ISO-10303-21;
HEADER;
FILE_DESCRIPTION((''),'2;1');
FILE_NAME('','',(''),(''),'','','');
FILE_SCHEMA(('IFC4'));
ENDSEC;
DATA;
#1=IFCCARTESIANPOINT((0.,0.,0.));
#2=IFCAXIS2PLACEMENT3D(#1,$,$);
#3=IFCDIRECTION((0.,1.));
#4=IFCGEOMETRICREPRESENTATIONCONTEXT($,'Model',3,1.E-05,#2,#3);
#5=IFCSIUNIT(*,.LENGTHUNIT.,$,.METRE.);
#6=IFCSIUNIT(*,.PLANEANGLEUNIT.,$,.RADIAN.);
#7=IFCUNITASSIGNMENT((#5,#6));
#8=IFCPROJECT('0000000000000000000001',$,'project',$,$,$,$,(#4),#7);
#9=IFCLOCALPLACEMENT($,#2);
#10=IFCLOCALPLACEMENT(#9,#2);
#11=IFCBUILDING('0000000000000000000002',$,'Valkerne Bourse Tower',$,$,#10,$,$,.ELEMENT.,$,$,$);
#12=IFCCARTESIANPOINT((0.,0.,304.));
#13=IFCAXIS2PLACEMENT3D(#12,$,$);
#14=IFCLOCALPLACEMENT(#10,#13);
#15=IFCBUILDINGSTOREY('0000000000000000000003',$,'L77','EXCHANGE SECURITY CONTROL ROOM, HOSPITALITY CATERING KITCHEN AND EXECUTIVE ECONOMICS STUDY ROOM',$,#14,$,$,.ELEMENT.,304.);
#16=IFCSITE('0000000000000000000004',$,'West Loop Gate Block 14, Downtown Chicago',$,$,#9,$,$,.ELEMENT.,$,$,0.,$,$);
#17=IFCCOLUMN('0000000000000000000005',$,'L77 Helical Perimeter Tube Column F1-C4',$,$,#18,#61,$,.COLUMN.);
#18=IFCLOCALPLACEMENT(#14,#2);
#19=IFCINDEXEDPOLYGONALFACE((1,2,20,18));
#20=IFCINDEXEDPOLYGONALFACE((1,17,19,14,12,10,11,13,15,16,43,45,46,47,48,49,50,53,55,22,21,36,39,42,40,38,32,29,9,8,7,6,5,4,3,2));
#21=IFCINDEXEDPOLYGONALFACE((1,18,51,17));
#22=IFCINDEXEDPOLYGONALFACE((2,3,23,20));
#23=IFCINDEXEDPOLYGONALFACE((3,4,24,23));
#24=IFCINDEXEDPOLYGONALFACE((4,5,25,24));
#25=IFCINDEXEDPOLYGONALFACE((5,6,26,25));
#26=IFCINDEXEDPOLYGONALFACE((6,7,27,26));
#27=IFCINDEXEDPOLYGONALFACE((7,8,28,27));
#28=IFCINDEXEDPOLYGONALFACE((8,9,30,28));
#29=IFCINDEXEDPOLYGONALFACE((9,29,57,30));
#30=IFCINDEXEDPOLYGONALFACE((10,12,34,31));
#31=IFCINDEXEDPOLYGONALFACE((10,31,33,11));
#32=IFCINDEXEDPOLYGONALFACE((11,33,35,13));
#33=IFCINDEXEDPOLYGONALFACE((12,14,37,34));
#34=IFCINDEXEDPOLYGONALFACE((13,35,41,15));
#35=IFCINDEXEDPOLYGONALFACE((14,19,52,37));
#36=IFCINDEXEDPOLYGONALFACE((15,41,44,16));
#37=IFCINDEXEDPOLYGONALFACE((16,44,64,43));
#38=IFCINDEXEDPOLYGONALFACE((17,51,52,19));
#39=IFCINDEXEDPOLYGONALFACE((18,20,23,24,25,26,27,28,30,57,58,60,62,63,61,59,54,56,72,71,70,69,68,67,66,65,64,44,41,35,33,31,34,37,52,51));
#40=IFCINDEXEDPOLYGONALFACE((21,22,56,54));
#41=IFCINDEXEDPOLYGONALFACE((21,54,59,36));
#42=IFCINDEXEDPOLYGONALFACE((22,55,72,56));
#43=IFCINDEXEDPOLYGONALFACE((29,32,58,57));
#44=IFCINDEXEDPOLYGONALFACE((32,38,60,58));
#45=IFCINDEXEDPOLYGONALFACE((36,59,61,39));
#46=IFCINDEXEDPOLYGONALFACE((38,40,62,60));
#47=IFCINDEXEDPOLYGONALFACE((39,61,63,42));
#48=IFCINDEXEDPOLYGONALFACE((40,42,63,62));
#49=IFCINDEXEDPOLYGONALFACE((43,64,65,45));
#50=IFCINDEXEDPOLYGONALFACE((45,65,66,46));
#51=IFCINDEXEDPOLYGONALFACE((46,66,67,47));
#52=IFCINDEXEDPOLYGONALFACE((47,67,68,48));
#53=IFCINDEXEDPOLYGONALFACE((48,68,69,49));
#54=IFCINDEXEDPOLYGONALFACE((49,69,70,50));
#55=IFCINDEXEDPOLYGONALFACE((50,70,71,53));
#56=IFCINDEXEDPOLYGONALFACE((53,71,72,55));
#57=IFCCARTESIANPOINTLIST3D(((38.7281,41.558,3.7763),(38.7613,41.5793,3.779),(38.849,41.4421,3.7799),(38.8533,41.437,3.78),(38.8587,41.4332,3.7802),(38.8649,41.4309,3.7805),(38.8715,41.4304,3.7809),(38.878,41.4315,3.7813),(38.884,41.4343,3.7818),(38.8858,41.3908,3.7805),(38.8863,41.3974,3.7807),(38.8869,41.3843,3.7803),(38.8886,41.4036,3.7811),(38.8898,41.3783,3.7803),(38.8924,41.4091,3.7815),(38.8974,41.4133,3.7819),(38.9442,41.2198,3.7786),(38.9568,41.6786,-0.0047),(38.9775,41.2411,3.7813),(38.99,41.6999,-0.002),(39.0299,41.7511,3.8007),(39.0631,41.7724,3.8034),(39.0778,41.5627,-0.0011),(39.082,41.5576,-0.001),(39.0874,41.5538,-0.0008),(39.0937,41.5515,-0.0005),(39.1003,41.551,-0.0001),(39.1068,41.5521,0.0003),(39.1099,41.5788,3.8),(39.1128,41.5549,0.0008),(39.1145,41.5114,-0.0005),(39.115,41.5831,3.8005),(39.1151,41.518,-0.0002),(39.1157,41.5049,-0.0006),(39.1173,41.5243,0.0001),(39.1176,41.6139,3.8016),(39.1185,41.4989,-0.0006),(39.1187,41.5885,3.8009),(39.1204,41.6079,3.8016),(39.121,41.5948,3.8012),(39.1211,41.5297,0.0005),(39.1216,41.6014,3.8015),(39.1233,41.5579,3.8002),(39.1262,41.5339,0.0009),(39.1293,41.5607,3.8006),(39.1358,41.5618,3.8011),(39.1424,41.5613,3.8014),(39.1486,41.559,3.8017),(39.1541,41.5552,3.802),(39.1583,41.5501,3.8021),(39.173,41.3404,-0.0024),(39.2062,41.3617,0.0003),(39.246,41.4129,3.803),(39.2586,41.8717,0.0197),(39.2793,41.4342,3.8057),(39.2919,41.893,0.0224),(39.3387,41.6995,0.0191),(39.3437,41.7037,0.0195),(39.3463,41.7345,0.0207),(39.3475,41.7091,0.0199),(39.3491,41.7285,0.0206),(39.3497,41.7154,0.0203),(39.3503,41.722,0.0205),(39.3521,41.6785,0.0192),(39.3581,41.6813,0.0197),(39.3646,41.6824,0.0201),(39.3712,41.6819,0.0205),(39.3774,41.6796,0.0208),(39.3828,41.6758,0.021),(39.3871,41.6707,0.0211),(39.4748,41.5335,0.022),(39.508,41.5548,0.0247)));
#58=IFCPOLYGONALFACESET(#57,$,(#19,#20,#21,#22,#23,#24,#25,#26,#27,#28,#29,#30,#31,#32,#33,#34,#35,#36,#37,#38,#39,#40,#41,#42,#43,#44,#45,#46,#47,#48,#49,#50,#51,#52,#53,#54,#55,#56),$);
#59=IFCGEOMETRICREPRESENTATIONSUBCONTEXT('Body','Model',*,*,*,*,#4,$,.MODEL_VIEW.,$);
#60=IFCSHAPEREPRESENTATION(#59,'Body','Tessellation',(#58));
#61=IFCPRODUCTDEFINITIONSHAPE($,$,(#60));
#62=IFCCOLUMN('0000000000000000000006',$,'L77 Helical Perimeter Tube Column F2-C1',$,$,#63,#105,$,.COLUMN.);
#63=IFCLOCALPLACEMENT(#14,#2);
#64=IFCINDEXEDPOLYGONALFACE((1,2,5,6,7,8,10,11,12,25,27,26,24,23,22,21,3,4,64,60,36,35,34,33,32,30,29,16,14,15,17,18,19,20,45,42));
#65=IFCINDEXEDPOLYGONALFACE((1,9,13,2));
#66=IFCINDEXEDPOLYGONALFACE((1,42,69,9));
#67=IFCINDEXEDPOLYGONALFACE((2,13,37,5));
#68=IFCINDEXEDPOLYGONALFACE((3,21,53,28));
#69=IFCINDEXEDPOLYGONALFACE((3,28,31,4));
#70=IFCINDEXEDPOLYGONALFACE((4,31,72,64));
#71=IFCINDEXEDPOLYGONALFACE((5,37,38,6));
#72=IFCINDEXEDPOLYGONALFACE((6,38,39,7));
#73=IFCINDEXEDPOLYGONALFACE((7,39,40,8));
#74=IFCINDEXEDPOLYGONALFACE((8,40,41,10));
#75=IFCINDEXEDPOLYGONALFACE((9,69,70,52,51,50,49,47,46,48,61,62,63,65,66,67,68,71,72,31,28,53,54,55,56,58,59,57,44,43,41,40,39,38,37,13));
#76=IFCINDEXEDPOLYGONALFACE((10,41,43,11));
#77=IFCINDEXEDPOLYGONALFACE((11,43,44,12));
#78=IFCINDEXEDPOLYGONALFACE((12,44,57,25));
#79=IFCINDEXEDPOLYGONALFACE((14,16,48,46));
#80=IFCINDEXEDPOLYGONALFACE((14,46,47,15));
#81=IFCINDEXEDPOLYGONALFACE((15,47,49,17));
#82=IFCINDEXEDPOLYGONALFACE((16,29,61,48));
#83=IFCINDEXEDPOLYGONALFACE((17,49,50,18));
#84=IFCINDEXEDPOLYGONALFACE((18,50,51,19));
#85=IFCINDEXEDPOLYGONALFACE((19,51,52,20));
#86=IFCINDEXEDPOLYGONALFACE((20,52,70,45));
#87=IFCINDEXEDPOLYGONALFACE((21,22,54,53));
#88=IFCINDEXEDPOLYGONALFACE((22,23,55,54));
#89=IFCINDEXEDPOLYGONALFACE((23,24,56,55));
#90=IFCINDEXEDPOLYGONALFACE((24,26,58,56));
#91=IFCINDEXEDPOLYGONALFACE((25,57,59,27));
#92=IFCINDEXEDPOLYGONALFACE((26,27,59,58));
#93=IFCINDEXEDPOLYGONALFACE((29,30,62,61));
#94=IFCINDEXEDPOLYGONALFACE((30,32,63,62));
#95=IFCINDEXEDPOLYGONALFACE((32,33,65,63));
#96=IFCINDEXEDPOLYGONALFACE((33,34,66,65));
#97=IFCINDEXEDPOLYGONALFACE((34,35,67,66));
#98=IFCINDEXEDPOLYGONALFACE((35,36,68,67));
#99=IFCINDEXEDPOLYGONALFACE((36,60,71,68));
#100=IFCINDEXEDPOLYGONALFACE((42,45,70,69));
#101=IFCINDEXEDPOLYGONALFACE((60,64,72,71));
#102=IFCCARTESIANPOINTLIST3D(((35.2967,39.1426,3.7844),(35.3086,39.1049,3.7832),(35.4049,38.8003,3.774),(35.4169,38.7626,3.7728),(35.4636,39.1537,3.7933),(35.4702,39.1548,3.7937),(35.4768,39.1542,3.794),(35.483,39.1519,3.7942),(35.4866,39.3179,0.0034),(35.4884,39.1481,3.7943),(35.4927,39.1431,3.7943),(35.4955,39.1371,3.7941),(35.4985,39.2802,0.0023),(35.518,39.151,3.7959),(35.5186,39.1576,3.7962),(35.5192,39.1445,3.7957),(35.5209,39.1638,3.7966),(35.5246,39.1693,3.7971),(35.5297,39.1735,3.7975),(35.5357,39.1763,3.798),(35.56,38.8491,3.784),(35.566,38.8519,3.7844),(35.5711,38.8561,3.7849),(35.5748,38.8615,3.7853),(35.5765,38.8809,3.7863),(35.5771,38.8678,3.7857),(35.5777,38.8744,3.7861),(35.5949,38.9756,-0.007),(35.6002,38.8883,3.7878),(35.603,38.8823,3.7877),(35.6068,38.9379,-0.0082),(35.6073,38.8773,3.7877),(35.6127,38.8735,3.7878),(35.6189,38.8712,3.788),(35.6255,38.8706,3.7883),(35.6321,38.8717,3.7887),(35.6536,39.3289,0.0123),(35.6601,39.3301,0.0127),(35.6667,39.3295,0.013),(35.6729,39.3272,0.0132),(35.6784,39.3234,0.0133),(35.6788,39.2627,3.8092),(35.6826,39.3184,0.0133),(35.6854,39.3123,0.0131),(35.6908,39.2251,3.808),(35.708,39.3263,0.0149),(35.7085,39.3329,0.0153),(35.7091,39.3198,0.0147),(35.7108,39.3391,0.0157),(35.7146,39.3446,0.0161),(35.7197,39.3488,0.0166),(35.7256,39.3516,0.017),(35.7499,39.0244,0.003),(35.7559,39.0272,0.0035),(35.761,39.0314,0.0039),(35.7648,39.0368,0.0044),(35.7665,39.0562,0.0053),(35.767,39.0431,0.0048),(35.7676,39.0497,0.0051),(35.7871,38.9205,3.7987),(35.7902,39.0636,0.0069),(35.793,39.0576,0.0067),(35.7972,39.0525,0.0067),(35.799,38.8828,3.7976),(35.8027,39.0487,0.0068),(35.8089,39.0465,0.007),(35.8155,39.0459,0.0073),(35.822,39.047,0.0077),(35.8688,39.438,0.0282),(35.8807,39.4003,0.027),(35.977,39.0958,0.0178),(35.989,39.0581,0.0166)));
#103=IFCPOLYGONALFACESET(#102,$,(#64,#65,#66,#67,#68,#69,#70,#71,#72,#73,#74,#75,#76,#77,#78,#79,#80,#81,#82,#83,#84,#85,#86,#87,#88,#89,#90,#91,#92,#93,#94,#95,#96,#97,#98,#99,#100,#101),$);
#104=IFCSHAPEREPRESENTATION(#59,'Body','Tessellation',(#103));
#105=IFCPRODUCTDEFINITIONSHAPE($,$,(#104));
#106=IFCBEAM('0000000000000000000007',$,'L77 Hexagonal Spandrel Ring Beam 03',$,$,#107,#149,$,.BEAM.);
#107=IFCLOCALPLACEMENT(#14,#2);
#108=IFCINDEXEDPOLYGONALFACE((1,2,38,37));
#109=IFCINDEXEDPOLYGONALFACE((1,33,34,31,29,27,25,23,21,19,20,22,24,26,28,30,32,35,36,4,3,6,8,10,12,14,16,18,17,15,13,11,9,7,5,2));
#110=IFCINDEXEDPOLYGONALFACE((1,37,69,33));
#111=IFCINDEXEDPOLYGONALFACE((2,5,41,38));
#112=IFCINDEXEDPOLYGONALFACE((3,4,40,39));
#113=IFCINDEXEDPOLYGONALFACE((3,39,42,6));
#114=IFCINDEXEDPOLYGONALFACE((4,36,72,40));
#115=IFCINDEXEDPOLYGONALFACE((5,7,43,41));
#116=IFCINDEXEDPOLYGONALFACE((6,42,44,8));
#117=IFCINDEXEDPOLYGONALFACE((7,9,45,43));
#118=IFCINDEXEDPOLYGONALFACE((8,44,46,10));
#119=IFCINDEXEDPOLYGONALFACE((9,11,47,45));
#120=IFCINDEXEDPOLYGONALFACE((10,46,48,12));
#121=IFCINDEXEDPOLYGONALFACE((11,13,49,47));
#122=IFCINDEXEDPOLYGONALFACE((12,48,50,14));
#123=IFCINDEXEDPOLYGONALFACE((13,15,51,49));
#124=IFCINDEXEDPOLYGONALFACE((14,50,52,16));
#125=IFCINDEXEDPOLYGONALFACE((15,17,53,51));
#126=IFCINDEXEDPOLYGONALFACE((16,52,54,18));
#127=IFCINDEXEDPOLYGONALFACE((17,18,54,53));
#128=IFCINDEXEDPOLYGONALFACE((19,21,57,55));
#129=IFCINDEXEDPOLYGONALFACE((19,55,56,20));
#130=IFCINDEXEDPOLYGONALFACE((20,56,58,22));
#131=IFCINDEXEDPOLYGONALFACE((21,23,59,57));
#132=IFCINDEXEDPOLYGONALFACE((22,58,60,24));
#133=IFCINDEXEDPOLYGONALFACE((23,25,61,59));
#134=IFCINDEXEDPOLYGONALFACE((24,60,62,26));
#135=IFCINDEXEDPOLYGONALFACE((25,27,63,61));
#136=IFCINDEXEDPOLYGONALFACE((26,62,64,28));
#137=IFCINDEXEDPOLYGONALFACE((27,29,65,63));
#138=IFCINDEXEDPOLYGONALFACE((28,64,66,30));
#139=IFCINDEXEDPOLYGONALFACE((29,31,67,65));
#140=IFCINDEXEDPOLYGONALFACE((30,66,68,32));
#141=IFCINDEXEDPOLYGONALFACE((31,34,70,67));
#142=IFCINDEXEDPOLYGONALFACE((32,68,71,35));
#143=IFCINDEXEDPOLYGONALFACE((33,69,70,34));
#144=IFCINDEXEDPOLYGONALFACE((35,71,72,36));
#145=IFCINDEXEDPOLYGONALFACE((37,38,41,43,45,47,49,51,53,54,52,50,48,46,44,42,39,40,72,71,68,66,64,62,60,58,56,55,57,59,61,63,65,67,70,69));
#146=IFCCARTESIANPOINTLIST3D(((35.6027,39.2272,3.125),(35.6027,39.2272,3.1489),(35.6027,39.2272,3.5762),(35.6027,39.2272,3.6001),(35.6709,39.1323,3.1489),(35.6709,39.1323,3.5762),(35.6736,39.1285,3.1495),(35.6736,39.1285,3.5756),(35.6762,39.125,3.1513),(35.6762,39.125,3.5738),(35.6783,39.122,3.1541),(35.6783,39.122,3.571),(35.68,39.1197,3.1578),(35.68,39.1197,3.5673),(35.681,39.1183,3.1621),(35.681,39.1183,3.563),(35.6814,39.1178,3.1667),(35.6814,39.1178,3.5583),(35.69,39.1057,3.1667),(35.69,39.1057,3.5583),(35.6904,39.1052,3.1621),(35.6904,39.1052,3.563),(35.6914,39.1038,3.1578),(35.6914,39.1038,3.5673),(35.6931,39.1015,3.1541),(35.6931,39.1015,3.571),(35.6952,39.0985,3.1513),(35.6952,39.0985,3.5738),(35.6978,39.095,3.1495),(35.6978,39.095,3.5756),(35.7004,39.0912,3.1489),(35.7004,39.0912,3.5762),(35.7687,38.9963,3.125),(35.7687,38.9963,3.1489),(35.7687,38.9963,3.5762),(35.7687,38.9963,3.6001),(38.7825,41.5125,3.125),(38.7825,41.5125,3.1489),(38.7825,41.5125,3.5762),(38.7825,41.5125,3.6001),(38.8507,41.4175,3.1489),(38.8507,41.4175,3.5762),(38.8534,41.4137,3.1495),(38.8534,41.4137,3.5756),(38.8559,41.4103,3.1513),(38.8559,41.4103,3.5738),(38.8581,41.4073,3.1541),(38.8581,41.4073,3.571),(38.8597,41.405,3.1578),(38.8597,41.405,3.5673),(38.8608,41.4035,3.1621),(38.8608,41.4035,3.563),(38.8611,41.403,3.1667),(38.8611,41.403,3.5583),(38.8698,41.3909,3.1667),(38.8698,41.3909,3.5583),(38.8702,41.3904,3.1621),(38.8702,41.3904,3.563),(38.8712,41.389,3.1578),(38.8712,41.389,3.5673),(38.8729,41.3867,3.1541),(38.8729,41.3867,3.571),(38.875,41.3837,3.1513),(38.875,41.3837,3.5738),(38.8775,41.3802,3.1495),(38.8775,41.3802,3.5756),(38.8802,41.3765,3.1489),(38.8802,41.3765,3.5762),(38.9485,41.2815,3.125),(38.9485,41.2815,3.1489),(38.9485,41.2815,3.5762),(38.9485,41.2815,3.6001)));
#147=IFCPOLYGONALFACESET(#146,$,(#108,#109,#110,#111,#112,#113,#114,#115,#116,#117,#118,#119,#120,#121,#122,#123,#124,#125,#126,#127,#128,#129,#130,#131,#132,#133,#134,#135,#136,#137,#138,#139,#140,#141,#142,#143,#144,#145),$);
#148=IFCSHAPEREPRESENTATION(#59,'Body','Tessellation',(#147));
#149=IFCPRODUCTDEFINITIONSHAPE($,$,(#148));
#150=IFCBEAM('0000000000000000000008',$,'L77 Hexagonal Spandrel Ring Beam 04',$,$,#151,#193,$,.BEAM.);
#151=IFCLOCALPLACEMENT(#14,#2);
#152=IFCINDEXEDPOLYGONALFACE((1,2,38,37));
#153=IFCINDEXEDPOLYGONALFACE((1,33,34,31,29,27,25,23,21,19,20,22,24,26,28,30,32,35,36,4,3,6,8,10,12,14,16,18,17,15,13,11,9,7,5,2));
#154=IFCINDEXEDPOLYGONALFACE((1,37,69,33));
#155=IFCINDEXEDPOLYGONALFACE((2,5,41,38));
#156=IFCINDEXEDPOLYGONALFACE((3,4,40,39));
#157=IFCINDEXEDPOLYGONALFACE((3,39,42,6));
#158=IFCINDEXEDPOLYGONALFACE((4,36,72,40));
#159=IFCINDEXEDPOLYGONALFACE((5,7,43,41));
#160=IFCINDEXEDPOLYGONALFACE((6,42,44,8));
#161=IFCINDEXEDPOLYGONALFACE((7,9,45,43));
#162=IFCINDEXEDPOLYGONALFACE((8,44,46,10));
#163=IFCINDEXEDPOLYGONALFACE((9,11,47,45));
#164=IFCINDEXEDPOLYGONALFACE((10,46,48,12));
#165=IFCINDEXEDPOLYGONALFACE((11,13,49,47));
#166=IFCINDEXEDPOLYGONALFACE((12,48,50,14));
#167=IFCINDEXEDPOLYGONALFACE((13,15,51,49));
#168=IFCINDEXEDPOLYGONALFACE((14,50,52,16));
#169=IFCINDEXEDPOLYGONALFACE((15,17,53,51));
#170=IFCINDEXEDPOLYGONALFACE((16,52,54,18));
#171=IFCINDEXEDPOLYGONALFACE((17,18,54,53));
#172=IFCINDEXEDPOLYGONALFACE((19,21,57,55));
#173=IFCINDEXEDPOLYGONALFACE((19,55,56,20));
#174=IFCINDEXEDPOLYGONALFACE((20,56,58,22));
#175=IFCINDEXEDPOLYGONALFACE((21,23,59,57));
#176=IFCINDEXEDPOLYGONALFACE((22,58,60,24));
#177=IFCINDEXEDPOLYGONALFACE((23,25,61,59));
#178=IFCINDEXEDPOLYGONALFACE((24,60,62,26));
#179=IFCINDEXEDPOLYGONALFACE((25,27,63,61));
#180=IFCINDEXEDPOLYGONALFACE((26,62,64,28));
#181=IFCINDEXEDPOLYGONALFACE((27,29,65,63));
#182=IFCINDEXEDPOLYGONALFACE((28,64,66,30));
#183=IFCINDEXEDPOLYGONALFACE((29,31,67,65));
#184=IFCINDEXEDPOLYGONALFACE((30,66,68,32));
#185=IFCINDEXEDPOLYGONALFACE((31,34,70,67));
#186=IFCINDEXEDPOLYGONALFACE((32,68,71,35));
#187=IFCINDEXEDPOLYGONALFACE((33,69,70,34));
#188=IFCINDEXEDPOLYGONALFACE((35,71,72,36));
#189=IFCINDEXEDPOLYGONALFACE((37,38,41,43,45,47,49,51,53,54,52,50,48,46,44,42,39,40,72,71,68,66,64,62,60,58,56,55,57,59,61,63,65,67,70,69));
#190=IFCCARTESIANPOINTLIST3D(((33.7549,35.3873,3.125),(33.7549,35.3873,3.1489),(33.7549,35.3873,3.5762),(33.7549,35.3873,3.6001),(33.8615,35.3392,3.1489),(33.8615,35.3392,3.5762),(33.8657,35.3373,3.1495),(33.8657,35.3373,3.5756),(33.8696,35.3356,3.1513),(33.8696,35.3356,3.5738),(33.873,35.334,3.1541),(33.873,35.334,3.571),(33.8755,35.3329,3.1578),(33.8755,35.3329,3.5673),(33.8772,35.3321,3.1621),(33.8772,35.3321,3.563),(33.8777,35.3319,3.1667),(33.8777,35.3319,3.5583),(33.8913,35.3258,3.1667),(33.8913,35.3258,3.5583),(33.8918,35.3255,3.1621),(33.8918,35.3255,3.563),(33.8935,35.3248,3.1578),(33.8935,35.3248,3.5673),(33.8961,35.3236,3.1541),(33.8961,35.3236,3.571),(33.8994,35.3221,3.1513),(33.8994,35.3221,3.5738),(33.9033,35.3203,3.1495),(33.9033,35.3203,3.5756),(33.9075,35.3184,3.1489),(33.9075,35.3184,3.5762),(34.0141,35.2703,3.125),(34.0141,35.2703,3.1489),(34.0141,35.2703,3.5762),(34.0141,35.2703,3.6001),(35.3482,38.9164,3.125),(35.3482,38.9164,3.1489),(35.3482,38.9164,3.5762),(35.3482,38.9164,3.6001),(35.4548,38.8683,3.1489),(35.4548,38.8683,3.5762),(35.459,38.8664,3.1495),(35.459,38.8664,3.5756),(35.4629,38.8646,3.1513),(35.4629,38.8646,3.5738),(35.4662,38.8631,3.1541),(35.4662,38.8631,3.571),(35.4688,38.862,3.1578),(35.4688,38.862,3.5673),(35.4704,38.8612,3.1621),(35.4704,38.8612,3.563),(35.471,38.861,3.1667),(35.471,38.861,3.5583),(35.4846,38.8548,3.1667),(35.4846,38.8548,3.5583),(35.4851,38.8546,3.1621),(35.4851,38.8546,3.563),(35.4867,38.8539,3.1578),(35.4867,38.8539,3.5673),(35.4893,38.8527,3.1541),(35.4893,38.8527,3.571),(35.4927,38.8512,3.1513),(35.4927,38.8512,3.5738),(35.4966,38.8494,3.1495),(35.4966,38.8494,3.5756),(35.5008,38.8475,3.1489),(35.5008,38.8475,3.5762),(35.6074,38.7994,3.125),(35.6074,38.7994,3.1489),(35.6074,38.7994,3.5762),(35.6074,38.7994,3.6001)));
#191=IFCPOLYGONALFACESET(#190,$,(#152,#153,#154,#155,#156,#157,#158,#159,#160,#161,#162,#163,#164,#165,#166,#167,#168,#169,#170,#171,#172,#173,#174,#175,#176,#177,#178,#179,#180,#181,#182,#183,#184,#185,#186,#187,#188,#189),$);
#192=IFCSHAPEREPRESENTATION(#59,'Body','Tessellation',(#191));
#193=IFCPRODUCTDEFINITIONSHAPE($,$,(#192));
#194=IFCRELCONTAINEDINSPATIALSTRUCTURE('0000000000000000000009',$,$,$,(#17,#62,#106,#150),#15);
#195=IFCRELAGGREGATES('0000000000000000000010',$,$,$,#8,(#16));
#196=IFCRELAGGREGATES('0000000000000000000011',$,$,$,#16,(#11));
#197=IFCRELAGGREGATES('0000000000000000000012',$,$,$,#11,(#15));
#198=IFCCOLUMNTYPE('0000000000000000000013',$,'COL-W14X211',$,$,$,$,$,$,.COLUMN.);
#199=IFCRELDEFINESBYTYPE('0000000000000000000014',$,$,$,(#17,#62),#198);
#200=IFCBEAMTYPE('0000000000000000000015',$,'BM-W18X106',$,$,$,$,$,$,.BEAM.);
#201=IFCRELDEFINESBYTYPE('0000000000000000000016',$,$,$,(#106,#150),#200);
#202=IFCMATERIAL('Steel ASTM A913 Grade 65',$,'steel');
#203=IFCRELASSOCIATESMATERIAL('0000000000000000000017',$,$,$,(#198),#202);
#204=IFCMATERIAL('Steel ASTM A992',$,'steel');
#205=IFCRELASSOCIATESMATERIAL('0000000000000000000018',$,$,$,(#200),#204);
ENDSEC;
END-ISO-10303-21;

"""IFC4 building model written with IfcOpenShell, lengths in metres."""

from ifc_helpers import new_model, si_unit, direction, frame, origin, origin_2d, place, context, subcontext, project, spatial, i_section, extrude, material, material_profile, profile_set, type_object, element, save


model = new_model("IFC4")

# Units and contexts
model_context = context("Model", 3, precision=1e-05, world=origin(), true_north=direction((0.0, 1.0)))
body_context = subcontext(model_context, "Body", "Model", "MODEL_VIEW")
ifc_project = project(units=[si_unit("LENGTHUNIT", "METRE"), si_unit("PLANEANGLEUNIT", "RADIAN")], contexts=[model_context])

# Site, building, storey
site_placement = place(None, origin())
site = spatial("IfcSite", under=ifc_project, at=site_placement, Name="West Loop Gate Block 14, Downtown Chicago", CompositionType="ELEMENT", RefElevation=0.0)
building_placement = place(site_placement, origin())
building = spatial("IfcBuilding", under=site, at=building_placement, Name="Valkerne Bourse Tower", CompositionType="ELEMENT")
storey_placement = place(building_placement, frame((0.0, 0.0, 304.0)))
storey = spatial("IfcBuildingStorey", under=building, at=storey_placement, Name="L77", Description="EXCHANGE SECURITY CONTROL ROOM, HOSPITALITY CATERING KITCHEN AND EXECUTIVE ECONOMICS STUDY ROOM", CompositionType="ELEMENT", Elevation=304.0)

# Columns
ifc_material_1 = material(Name="Steel ASTM A913 Grade 65", Category="steel")
ifc_material_profile_1 = material_profile(ifc_material_1, i_section(OverallWidth=0.4014, OverallDepth=0.3987, WebThickness=0.0249, FlangeThickness=0.0396, FilletRadius=0.0254, at=origin_2d()), Name="W14X211")
ifc_profile_set_1 = profile_set([ifc_material_profile_1], Name="Steel ASTM A913 Grade 65")
column_type = type_object("IfcColumnType", Name="COL-W14X211", PredefinedType="COLUMN", material=ifc_profile_set_1)
for number, where, z_axis, x_axis, name in (
    (1, (39.2324, 41.6167, 0.01), (-0.060361, -0.031823, 0.997669), (-0.538581, 0.842554, -0.00571), "L77 Helical Perimeter Tube Column F1-C4"),
    (2, (35.7378, 39.188, 0.01), (-0.050119, -0.046254, 0.997672), (-0.952152, -0.299331, -0.061709), "L77 Helical Perimeter Tube Column F2-C1"),
):
    element("IfcColumn", number, at=place(storey_placement, frame(where, z_axis=z_axis, x_axis=x_axis)), inside=storey, type_object=column_type, Name=name, PredefinedType="COLUMN", context=body_context, shape_type="SweptSolid", body=[
        extrude(i_section(OverallWidth=0.4014, OverallDepth=0.3987, WebThickness=0.0249, FlangeThickness=0.0396, FilletRadius=0.0254, at=origin_2d()), origin(), (0.0, 0.0, 1.0), 3.7898),
    ])

# Beams
ifc_material_2 = material(Name="Steel ASTM A992", Category="steel")
ifc_material_profile_2 = material_profile(ifc_material_2, i_section(OverallWidth=0.2844, OverallDepth=0.4751, WebThickness=0.0149, FlangeThickness=0.0239, FilletRadius=0.0178, at=origin_2d()), Name="W18X106")
ifc_profile_set_2 = profile_set([ifc_material_profile_2], Name="Steel ASTM A992")
beam_type_1 = type_object("IfcBeamType", Name="BM-W18X106", PredefinedType="BEAM", material=ifc_profile_set_2)
beam_1_placement = place(storey_placement, frame((38.8655, 41.397, 3.3625), z_axis=(-0.812045, -0.583595, 0.0), x_axis=(0.583595, -0.812045, 0.0)))
element("IfcBeam", 3, at=beam_1_placement, inside=storey, type_object=beam_type_1, Name="L77 Hexagonal Spandrel Ring Beam 03", PredefinedType="BEAM", context=body_context, shape_type="SweptSolid", body=[
    extrude(i_section(OverallWidth=0.2844, OverallDepth=0.4751, WebThickness=0.0149, FlangeThickness=0.0239, FilletRadius=0.0178, at=origin_2d()), origin(), (0.0, 0.0, 1.0), 3.9158),
])
beam_2_placement = place(storey_placement, frame((35.4778, 38.8579, 3.3625), z_axis=(-0.411479, -0.911419, 0.0), x_axis=(0.911419, -0.411479, 0.0)))
element("IfcBeam", 4, at=beam_2_placement, inside=storey, type_object=beam_type_1, Name="L77 Hexagonal Spandrel Ring Beam 04", PredefinedType="BEAM", context=body_context, shape_type="SweptSolid", body=[
    extrude(i_section(OverallWidth=0.2844, OverallDepth=0.4751, WebThickness=0.0149, FlangeThickness=0.0239, FilletRadius=0.0178, at=origin_2d()), origin(), (0.0, 0.0, 1.0), 3.8721),
])

save(model, "model.ifc")
